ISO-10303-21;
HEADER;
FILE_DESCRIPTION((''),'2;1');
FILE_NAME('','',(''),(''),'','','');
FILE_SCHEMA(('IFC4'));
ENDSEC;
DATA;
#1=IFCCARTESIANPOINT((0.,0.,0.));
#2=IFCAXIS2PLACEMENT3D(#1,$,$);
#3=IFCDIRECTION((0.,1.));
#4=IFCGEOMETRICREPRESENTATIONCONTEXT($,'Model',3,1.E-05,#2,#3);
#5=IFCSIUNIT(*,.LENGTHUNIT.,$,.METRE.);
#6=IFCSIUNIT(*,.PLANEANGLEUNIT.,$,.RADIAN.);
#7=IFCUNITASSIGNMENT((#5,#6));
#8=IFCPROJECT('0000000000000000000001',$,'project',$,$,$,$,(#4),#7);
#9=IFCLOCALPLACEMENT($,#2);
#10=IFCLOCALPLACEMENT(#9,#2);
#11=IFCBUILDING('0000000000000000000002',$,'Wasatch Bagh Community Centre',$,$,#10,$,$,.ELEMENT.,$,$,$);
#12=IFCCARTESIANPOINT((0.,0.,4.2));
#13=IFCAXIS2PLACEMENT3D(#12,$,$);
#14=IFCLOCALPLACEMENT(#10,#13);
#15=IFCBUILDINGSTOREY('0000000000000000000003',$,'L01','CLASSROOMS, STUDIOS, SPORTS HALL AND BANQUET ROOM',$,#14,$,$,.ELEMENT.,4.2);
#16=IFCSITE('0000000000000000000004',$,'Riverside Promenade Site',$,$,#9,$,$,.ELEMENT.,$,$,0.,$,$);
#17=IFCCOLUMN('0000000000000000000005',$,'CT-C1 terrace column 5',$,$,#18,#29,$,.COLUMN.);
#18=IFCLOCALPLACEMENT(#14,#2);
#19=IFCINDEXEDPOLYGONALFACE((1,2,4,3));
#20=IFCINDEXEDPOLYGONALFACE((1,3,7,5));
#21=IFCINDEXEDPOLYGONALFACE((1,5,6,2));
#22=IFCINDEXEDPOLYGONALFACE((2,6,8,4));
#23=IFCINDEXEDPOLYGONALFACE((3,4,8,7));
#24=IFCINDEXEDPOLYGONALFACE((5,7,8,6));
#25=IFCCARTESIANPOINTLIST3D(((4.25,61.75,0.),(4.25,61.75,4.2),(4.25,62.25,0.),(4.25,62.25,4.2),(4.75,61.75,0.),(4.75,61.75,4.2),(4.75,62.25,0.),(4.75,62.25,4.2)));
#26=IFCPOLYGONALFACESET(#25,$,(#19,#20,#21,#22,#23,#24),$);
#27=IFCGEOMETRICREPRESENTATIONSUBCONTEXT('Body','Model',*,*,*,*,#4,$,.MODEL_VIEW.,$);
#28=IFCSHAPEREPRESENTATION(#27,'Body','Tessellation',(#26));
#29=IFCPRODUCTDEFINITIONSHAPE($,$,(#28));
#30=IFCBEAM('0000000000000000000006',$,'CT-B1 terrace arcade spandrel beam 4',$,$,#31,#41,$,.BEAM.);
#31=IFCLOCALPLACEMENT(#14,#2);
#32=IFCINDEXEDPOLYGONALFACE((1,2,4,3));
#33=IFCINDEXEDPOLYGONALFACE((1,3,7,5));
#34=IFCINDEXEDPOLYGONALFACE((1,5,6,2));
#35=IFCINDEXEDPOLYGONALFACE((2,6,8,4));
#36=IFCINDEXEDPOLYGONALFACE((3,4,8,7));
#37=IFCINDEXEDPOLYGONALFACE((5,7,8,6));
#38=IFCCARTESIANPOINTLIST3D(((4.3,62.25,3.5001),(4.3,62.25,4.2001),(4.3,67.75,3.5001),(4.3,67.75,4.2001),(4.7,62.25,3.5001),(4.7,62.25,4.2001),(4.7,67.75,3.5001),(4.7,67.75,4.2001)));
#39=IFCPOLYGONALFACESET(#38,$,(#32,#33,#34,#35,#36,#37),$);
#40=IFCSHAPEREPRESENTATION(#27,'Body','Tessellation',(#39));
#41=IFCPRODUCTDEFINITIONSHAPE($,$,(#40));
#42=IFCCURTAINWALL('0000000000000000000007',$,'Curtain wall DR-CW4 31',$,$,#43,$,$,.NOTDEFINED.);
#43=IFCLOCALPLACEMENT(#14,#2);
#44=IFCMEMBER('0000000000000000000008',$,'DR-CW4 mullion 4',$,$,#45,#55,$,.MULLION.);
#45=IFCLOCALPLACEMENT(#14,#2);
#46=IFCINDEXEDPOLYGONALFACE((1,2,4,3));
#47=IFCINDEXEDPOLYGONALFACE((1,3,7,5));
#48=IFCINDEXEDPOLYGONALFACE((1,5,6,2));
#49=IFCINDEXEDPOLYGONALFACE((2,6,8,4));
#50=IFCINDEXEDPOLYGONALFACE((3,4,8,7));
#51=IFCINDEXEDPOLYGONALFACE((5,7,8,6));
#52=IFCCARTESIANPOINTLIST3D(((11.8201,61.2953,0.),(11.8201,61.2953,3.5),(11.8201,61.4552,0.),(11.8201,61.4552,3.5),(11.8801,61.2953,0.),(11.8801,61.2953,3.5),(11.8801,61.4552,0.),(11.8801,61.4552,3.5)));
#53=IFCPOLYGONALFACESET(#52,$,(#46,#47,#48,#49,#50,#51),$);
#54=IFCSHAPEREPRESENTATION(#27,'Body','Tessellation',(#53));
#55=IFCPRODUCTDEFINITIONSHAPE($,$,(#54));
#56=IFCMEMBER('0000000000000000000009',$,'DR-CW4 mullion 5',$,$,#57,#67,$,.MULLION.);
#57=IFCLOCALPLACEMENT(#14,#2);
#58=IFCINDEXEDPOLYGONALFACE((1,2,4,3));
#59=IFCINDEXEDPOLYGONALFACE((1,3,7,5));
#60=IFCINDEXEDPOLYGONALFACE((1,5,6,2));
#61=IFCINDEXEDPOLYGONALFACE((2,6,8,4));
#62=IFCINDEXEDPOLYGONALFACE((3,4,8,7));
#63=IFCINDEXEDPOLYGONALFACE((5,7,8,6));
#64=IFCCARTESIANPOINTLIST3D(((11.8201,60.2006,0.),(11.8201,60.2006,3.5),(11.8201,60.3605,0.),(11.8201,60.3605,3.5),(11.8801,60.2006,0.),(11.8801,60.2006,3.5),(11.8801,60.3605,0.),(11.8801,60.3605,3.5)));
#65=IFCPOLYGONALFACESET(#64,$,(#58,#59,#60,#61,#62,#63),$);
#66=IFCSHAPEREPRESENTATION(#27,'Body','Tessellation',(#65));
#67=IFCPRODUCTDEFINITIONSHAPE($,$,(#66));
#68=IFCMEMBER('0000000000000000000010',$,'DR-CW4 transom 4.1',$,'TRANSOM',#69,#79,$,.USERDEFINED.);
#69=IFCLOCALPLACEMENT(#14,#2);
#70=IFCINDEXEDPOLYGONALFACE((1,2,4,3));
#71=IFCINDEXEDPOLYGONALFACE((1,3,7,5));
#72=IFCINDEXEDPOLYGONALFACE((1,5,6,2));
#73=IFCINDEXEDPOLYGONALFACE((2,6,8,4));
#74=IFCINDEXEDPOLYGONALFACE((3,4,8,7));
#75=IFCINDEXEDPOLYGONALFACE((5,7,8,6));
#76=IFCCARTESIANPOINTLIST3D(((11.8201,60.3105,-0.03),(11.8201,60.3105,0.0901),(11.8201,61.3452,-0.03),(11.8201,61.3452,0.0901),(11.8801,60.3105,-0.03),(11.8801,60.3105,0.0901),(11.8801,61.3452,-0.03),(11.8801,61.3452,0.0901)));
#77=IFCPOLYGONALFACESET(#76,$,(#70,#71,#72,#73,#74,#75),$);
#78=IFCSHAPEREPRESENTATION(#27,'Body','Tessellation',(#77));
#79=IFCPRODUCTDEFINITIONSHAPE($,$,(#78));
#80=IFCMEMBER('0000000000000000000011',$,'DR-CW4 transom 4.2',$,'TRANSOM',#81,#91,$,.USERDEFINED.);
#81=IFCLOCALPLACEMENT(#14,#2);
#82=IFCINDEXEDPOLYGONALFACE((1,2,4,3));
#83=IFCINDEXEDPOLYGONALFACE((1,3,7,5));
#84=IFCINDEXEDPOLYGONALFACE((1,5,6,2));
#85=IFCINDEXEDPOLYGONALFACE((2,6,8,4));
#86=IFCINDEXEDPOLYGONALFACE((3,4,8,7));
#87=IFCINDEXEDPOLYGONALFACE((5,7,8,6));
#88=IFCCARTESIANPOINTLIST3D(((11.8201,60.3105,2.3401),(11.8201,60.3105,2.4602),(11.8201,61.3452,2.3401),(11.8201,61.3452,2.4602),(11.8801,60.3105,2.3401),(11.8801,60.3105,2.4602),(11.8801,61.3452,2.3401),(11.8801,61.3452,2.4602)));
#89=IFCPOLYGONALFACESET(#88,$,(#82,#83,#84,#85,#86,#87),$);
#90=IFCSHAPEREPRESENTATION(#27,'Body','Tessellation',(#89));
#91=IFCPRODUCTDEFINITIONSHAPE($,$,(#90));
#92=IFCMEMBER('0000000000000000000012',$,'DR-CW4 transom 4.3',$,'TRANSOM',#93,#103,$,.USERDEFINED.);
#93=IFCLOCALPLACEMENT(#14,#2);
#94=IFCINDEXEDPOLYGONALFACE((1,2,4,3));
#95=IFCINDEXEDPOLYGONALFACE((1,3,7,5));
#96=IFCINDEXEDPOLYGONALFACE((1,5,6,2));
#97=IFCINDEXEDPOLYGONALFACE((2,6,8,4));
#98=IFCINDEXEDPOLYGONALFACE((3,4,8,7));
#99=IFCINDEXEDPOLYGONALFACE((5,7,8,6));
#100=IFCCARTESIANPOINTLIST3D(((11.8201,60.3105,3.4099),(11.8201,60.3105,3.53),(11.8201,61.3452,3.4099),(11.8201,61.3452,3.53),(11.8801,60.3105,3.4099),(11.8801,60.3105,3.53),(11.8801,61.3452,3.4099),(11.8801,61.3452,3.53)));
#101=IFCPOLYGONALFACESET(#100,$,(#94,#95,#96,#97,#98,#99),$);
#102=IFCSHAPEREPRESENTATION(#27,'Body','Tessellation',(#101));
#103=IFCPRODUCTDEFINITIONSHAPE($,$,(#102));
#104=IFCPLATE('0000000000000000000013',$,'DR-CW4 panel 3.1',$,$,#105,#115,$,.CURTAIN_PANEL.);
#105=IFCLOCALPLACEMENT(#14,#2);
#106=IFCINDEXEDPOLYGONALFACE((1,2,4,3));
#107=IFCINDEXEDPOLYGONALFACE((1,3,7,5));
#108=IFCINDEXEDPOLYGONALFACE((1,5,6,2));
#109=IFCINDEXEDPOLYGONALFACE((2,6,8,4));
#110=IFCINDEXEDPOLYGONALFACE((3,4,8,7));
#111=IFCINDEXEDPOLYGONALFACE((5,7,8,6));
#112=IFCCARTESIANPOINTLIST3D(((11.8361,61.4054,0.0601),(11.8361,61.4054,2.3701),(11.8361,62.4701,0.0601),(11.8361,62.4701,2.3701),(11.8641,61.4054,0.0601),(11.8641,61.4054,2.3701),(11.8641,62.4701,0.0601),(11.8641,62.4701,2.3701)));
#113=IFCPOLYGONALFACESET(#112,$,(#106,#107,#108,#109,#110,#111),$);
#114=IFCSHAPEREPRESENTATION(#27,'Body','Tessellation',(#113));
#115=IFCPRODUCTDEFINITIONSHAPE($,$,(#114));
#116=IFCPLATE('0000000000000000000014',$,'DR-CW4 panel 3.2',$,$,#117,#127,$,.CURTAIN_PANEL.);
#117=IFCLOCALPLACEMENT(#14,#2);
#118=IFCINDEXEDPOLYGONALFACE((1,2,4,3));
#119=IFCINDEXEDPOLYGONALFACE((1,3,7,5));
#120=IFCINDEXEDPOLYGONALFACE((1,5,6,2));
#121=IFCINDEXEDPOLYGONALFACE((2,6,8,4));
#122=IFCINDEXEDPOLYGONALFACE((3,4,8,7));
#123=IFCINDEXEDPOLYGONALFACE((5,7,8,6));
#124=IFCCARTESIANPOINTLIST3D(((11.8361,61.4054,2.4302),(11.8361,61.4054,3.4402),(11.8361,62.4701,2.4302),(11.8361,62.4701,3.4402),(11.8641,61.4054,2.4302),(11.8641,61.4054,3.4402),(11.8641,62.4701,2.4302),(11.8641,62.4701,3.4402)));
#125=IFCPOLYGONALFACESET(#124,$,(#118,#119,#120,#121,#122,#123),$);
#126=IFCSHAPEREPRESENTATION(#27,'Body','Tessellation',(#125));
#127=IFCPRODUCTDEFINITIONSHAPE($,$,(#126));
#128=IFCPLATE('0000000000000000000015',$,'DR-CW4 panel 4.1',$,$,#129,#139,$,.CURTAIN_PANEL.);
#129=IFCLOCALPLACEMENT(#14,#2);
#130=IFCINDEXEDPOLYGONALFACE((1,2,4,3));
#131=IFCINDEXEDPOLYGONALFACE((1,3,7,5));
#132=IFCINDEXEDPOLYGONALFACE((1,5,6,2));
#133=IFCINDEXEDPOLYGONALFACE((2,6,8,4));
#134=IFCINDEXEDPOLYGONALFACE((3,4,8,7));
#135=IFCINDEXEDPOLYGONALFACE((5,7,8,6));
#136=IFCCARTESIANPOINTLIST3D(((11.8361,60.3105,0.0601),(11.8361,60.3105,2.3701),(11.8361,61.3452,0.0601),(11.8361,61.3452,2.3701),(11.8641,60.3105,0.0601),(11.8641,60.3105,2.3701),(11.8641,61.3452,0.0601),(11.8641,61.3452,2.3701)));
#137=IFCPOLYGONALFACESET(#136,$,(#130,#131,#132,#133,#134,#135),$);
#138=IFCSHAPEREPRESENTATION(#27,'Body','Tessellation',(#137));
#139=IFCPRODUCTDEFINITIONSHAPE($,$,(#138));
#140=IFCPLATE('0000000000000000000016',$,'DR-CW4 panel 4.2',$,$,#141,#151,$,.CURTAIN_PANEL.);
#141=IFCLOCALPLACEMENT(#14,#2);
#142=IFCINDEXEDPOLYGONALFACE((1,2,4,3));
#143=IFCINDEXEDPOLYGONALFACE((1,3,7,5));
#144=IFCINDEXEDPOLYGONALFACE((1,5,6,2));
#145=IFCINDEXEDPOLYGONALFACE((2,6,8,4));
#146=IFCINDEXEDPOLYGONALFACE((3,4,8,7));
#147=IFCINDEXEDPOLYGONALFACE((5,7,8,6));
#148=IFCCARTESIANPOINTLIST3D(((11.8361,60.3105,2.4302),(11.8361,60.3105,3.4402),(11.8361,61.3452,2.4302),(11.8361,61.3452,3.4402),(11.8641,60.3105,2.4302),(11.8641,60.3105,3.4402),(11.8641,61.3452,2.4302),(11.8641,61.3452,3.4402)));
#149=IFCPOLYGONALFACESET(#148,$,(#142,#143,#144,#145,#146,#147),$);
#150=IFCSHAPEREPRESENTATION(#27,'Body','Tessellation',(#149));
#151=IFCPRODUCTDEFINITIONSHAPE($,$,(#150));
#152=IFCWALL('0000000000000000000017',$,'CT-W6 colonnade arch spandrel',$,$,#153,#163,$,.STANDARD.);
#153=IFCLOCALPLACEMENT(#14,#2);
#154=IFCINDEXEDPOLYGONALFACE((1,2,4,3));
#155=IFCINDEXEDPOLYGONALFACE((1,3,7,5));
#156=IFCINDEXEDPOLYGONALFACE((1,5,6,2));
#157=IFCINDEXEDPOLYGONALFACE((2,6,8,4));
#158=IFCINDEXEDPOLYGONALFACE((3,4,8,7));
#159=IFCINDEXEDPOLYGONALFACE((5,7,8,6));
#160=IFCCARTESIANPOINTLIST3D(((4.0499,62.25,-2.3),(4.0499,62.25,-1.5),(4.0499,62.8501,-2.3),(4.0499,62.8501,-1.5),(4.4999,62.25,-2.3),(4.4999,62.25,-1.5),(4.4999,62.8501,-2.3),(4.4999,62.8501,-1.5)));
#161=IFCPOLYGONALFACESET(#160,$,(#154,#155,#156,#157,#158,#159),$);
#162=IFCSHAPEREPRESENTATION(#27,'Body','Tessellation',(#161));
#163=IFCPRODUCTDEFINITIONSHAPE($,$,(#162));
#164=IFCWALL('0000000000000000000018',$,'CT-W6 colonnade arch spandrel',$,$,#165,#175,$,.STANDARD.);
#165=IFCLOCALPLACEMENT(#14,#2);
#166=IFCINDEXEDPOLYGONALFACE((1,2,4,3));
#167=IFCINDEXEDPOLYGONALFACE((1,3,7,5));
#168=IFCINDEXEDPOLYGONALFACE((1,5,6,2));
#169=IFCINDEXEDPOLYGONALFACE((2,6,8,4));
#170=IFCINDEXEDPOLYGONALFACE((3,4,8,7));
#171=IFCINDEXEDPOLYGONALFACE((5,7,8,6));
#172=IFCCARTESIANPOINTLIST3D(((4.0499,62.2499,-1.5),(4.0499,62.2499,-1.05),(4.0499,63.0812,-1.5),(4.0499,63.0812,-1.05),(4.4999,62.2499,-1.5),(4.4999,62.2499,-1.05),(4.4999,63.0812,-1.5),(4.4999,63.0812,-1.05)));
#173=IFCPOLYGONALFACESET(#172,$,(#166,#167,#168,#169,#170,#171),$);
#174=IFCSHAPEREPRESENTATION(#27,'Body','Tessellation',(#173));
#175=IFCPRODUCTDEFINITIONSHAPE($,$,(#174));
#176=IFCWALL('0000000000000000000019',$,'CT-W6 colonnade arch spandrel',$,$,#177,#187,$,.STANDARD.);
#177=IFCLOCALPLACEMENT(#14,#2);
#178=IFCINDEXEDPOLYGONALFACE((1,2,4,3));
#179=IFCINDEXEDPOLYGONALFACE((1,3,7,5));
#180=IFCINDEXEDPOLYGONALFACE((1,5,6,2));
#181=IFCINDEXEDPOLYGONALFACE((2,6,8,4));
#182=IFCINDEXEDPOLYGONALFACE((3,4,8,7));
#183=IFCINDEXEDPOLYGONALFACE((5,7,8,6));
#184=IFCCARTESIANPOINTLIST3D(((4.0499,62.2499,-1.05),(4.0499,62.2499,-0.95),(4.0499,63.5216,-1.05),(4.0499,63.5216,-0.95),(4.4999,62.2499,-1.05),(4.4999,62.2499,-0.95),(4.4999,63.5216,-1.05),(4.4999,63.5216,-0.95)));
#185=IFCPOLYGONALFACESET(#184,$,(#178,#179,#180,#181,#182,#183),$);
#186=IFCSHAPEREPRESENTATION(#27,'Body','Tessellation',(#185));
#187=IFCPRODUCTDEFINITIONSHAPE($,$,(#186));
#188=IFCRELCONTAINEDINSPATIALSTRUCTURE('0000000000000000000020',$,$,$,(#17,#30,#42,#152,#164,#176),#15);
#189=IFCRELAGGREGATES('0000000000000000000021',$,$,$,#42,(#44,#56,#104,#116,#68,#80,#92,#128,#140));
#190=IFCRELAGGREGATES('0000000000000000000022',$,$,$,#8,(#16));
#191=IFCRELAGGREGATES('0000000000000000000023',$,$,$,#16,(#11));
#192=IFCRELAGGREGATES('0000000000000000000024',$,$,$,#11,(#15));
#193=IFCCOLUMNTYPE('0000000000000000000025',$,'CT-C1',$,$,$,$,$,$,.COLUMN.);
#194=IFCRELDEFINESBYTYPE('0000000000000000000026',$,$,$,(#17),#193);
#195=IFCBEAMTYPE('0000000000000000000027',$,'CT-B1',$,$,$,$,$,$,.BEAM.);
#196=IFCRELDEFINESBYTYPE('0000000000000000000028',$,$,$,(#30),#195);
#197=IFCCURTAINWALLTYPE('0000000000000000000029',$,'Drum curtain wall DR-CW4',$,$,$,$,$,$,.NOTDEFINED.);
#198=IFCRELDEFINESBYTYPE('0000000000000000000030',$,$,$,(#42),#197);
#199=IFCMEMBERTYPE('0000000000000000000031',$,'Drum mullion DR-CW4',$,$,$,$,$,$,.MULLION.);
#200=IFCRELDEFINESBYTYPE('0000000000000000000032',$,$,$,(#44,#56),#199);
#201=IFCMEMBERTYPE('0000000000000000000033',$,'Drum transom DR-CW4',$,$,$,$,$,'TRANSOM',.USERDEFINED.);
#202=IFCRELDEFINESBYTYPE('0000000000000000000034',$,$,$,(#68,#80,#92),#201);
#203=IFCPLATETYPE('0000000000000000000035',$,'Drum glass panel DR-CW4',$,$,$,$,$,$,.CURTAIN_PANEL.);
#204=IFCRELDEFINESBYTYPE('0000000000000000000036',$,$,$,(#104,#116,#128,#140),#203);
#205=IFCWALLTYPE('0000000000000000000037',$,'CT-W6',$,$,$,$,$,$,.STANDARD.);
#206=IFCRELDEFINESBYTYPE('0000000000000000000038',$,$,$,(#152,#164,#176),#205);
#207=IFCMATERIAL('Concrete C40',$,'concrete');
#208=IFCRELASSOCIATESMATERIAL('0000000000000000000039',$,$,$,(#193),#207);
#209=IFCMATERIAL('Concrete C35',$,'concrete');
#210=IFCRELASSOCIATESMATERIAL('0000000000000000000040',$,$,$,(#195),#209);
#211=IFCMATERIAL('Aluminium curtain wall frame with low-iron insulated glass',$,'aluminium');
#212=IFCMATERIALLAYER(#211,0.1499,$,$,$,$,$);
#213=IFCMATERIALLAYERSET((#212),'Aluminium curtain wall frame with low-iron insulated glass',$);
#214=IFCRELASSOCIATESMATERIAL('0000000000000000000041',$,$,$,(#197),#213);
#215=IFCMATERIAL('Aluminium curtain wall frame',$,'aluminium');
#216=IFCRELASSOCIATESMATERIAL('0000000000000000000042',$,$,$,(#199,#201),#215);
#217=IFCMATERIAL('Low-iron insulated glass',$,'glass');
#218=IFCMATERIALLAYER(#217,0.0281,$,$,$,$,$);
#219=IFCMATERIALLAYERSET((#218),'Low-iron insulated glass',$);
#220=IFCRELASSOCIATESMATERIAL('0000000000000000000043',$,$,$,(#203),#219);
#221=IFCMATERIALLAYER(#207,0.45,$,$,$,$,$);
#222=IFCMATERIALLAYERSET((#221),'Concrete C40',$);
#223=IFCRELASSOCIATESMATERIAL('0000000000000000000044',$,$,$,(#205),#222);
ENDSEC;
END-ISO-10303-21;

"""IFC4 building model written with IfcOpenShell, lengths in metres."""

from ifc_helpers import new_model, si_unit, direction, frame, frame_2d, origin, origin_2d, place, context, subcontext, project, spatial, rectangle, extrude, material, layer, layer_set, material_profile, profile_set, type_object, element, aggregate, save


model = new_model("IFC4")

# Units and contexts
model_context = context("Model", 3, precision=1e-05, world=origin(), true_north=direction((0.0, 1.0)))
body_context = subcontext(model_context, "Body", "Model", "MODEL_VIEW")
ifc_project = project(units=[si_unit("LENGTHUNIT", "METRE"), si_unit("PLANEANGLEUNIT", "RADIAN")], contexts=[model_context])

# Site, building, storey
site_placement = place(None, origin())
site = spatial("IfcSite", under=ifc_project, at=site_placement, Name="Riverside Promenade Site", CompositionType="ELEMENT", RefElevation=0.0)
building_placement = place(site_placement, origin())
building = spatial("IfcBuilding", under=site, at=building_placement, Name="Wasatch Bagh Community Centre", CompositionType="ELEMENT")
storey_placement = place(building_placement, frame((0.0, 0.0, 4.2)))
storey = spatial("IfcBuildingStorey", under=building, at=storey_placement, Name="L01", Description="CLASSROOMS, STUDIOS, SPORTS HALL AND BANQUET ROOM", CompositionType="ELEMENT", Elevation=4.2)

# Column
ifc_material_1 = material(Name="Concrete C40", Category="concrete")
ifc_material_profile_1 = material_profile(ifc_material_1, rectangle(XDim=0.5, YDim=0.5, at=origin_2d()), Name="RC 500x500")
ifc_profile_set_1 = profile_set([ifc_material_profile_1], Name="Concrete C40")
column_type = type_object("IfcColumnType", Name="CT-C1", PredefinedType="COLUMN", material=ifc_profile_set_1)
column_placement = place(storey_placement, frame((4.5, 62.0, 0.0), z_axis=(0.0, 0.0, 1.0), x_axis=(1.0, 0.0, 0.0)))
element("IfcColumn", 1, at=column_placement, inside=storey, type_object=column_type, Name="CT-C1 terrace column 5", PredefinedType="COLUMN", context=body_context, shape_type="SweptSolid", body=[
    extrude(rectangle(XDim=0.5, YDim=0.5, at=origin_2d()), origin(), (0.0, 0.0, 1.0), 4.2),
])

# Beam
ifc_material_2 = material(Name="Concrete C35", Category="concrete")
ifc_material_profile_2 = material_profile(ifc_material_2, rectangle(XDim=0.3999, YDim=0.7, at=origin_2d()), Name="RC 400x700")
ifc_profile_set_2 = profile_set([ifc_material_profile_2], Name="Concrete C35")
beam_type = type_object("IfcBeamType", Name="CT-B1", PredefinedType="BEAM", material=ifc_profile_set_2)
beam_placement = place(storey_placement, frame((4.5, 62.25, 3.8501), z_axis=(0.0, 1.0, 0.0), x_axis=(-1.0, 0.0, 0.0)))
element("IfcBeam", 2, at=beam_placement, inside=storey, type_object=beam_type, Name="CT-B1 terrace arcade spandrel beam 4", PredefinedType="BEAM", context=body_context, shape_type="SweptSolid", body=[
    extrude(rectangle(XDim=0.3999, YDim=0.7, at=origin_2d()), origin(), (0.0, 0.0, 1.0), 5.5),
])

# Curtain wall, members, plates
ifc_material_3 = material(Name="Aluminium curtain wall frame with low-iron insulated glass", Category="aluminium")
ifc_layer_1 = layer(ifc_material_3, 0.1499)
ifc_layer_set_1 = layer_set([ifc_layer_1], Name="Aluminium curtain wall frame with low-iron insulated glass")
curtain_wall_type = type_object("IfcCurtainWallType", Name="Drum curtain wall DR-CW4", PredefinedType="NOTDEFINED", material=ifc_layer_set_1)
curtain_wall_placement = place(storey_placement, origin())
curtain_wall = element("IfcCurtainWall", 3, at=curtain_wall_placement, inside=storey, type_object=curtain_wall_type, Name="Curtain wall DR-CW4 31", PredefinedType="NOTDEFINED")
ifc_material_4 = material(Name="Aluminium curtain wall frame", Category="aluminium")
ifc_material_profile_3 = material_profile(ifc_material_4, rectangle(XDim=0.0601, YDim=0.1599, at=origin_2d()), Name="Drum mullion DR-CW4")
ifc_profile_set_3 = profile_set([ifc_material_profile_3], Name="Aluminium curtain wall frame")
member_type_1 = type_object("IfcMemberType", Name="Drum mullion DR-CW4", PredefinedType="MULLION", material=ifc_profile_set_3)
member_1_placement = place(storey_placement, frame((11.8501, 61.3752, 0.0), z_axis=(0.0, 0.0, 1.0), x_axis=(1.0, 0.0, 0.0)))
member_1 = element("IfcMember", 4, at=member_1_placement, type_object=member_type_1, Name="DR-CW4 mullion 4", PredefinedType="MULLION", context=body_context, shape_type="SweptSolid", body=[
    extrude(rectangle(XDim=0.0601, YDim=0.1599, at=origin_2d()), origin(), (0.0, 0.0, 1.0), 3.5),
])
member_2_placement = place(storey_placement, frame((11.8501, 60.2805, 0.0), z_axis=(0.0, 0.0, 1.0), x_axis=(1.0, 0.0, 0.0)))
member_2 = element("IfcMember", 5, at=member_2_placement, type_object=member_type_1, Name="DR-CW4 mullion 5", PredefinedType="MULLION", context=body_context, shape_type="SweptSolid", body=[
    extrude(rectangle(XDim=0.0601, YDim=0.1599, at=origin_2d()), origin(), (0.0, 0.0, 1.0), 3.5),
])
ifc_material_profile_4 = material_profile(ifc_material_4, rectangle(XDim=0.0601, YDim=0.1201, at=origin_2d()), Name="Drum transom DR-CW4")
ifc_profile_set_4 = profile_set([ifc_material_profile_4], Name="Aluminium curtain wall frame")
member_type_2 = type_object("IfcMemberType", Name="Drum transom DR-CW4", ElementType="TRANSOM", PredefinedType="USERDEFINED", material=ifc_profile_set_4)
member_3_placement = place(storey_placement, frame((11.8501, 61.3452, 0.03), z_axis=(0.0, -1.0, 0.0), x_axis=(1.0, 0.0, 0.0)))
member_3 = element("IfcMember", 6, at=member_3_placement, type_object=member_type_2, Name="DR-CW4 transom 4.1", ObjectType="TRANSOM", PredefinedType="USERDEFINED", context=body_context, shape_type="SweptSolid", body=[
    extrude(rectangle(XDim=0.0601, YDim=0.1201, at=origin_2d()), origin(), (0.0, 0.0, 1.0), 1.0347),
])
member_4_placement = place(storey_placement, frame((11.8501, 61.3452, 2.4001), z_axis=(0.0, -1.0, 0.0), x_axis=(1.0, 0.0, 0.0)))
member_4 = element("IfcMember", 7, at=member_4_placement, type_object=member_type_2, Name="DR-CW4 transom 4.2", ObjectType="TRANSOM", PredefinedType="USERDEFINED", context=body_context, shape_type="SweptSolid", body=[
    extrude(rectangle(XDim=0.0601, YDim=0.1201, at=origin_2d()), origin(), (0.0, 0.0, 1.0), 1.0347),
])
member_5_placement = place(storey_placement, frame((11.8501, 61.3452, 3.47), z_axis=(0.0, -1.0, 0.0), x_axis=(1.0, 0.0, 0.0)))
member_5 = element("IfcMember", 8, at=member_5_placement, type_object=member_type_2, Name="DR-CW4 transom 4.3", ObjectType="TRANSOM", PredefinedType="USERDEFINED", context=body_context, shape_type="SweptSolid", body=[
    extrude(rectangle(XDim=0.0601, YDim=0.1201, at=origin_2d()), origin(), (0.0, 0.0, 1.0), 1.0347),
])
ifc_material_5 = material(Name="Low-iron insulated glass", Category="glass")
ifc_layer_2 = layer(ifc_material_5, 0.0281)
ifc_layer_set_2 = layer_set([ifc_layer_2], Name="Low-iron insulated glass")
plate_type = type_object("IfcPlateType", Name="Drum glass panel DR-CW4", PredefinedType="CURTAIN_PANEL", material=ifc_layer_set_2)
plate_1_placement = place(storey_placement, frame((11.8501, 61.9377, 0.0601), z_axis=(0.0, 0.0, 1.0), x_axis=(0.0, -1.0, 0.0)))
plate_1 = element("IfcPlate", 9, at=plate_1_placement, type_object=plate_type, Name="DR-CW4 panel 3.1", PredefinedType="CURTAIN_PANEL", context=body_context, shape_type="SweptSolid", body=[
    extrude(rectangle(XDim=1.0647, YDim=0.0281, at=origin_2d()), origin(), (0.0, 0.0, 1.0), 2.3101),
])
plate_2_placement = place(storey_placement, frame((11.8501, 61.9377, 2.4302), z_axis=(0.0, 0.0, 1.0), x_axis=(0.0, -1.0, 0.0)))
plate_2 = element("IfcPlate", 10, at=plate_2_placement, type_object=plate_type, Name="DR-CW4 panel 3.2", PredefinedType="CURTAIN_PANEL", context=body_context, shape_type="SweptSolid", body=[
    extrude(rectangle(XDim=1.0647, YDim=0.0281, at=origin_2d()), origin(), (0.0, 0.0, 1.0), 1.01),
])
plate_3_placement = place(storey_placement, frame((11.8501, 60.8279, 0.0601), z_axis=(0.0, 0.0, 1.0), x_axis=(0.0, -1.0, 0.0)))
plate_3 = element("IfcPlate", 11, at=plate_3_placement, type_object=plate_type, Name="DR-CW4 panel 4.1", PredefinedType="CURTAIN_PANEL", context=body_context, shape_type="SweptSolid", body=[
    extrude(rectangle(XDim=1.0347, YDim=0.0281, at=origin_2d()), origin(), (0.0, 0.0, 1.0), 2.3101),
])
plate_4_placement = place(storey_placement, frame((11.8501, 60.8279, 2.4302), z_axis=(0.0, 0.0, 1.0), x_axis=(0.0, -1.0, 0.0)))
plate_4 = element("IfcPlate", 12, at=plate_4_placement, type_object=plate_type, Name="DR-CW4 panel 4.2", PredefinedType="CURTAIN_PANEL", context=body_context, shape_type="SweptSolid", body=[
    extrude(rectangle(XDim=1.0347, YDim=0.0281, at=origin_2d()), origin(), (0.0, 0.0, 1.0), 1.01),
])
aggregate(curtain_wall, [member_1, member_2, plate_1, plate_2, member_3, member_4, member_5, plate_3, plate_4])

# Walls
ifc_layer_3 = layer(ifc_material_1, 0.45)
ifc_layer_set_3 = layer_set([ifc_layer_3], Name="Concrete C40")
wall_type = type_object("IfcWallType", Name="CT-W6", PredefinedType="STANDARD", material=ifc_layer_set_3)
wall_1_placement = place(storey_placement, frame((4.2749, 62.25, -2.3), z_axis=(0.0, 0.0, 1.0), x_axis=(0.0, 1.0, 0.0)))
element("IfcWall", 13, at=wall_1_placement, inside=storey, type_object=wall_type, Name="CT-W6 colonnade arch spandrel", PredefinedType="STANDARD", context=body_context, shape_type="SweptSolid", body=[
    extrude(rectangle(XDim=0.6001, YDim=0.45, at=frame_2d((0.3, 0.0))), origin(), (0.0, 0.0, 1.0), 0.8),
])
wall_2_placement = place(storey_placement, frame((4.2749, 62.25, -1.5), z_axis=(0.0, 0.0, 1.0), x_axis=(0.0, 1.0, 0.0)))
element("IfcWall", 14, at=wall_2_placement, inside=storey, type_object=wall_type, Name="CT-W6 colonnade arch spandrel", PredefinedType="STANDARD", context=body_context, shape_type="SweptSolid", body=[
    extrude(rectangle(XDim=0.8313, YDim=0.45, at=frame_2d((0.4155, 0.0))), origin(), (0.0, 0.0, 1.0), 0.45),
])
wall_3_placement = place(storey_placement, frame((4.2749, 62.25, -1.05), z_axis=(0.0, 0.0, 1.0), x_axis=(0.0, 1.0, 0.0)))
element("IfcWall", 15, at=wall_3_placement, inside=storey, type_object=wall_type, Name="CT-W6 colonnade arch spandrel", PredefinedType="STANDARD", context=body_context, shape_type="SweptSolid", body=[
    extrude(rectangle(XDim=1.2717, YDim=0.45, at=frame_2d((0.6357, 0.0))), origin(), (0.0, 0.0, 1.0), 0.1001),
])

save(model, "model.ifc")
